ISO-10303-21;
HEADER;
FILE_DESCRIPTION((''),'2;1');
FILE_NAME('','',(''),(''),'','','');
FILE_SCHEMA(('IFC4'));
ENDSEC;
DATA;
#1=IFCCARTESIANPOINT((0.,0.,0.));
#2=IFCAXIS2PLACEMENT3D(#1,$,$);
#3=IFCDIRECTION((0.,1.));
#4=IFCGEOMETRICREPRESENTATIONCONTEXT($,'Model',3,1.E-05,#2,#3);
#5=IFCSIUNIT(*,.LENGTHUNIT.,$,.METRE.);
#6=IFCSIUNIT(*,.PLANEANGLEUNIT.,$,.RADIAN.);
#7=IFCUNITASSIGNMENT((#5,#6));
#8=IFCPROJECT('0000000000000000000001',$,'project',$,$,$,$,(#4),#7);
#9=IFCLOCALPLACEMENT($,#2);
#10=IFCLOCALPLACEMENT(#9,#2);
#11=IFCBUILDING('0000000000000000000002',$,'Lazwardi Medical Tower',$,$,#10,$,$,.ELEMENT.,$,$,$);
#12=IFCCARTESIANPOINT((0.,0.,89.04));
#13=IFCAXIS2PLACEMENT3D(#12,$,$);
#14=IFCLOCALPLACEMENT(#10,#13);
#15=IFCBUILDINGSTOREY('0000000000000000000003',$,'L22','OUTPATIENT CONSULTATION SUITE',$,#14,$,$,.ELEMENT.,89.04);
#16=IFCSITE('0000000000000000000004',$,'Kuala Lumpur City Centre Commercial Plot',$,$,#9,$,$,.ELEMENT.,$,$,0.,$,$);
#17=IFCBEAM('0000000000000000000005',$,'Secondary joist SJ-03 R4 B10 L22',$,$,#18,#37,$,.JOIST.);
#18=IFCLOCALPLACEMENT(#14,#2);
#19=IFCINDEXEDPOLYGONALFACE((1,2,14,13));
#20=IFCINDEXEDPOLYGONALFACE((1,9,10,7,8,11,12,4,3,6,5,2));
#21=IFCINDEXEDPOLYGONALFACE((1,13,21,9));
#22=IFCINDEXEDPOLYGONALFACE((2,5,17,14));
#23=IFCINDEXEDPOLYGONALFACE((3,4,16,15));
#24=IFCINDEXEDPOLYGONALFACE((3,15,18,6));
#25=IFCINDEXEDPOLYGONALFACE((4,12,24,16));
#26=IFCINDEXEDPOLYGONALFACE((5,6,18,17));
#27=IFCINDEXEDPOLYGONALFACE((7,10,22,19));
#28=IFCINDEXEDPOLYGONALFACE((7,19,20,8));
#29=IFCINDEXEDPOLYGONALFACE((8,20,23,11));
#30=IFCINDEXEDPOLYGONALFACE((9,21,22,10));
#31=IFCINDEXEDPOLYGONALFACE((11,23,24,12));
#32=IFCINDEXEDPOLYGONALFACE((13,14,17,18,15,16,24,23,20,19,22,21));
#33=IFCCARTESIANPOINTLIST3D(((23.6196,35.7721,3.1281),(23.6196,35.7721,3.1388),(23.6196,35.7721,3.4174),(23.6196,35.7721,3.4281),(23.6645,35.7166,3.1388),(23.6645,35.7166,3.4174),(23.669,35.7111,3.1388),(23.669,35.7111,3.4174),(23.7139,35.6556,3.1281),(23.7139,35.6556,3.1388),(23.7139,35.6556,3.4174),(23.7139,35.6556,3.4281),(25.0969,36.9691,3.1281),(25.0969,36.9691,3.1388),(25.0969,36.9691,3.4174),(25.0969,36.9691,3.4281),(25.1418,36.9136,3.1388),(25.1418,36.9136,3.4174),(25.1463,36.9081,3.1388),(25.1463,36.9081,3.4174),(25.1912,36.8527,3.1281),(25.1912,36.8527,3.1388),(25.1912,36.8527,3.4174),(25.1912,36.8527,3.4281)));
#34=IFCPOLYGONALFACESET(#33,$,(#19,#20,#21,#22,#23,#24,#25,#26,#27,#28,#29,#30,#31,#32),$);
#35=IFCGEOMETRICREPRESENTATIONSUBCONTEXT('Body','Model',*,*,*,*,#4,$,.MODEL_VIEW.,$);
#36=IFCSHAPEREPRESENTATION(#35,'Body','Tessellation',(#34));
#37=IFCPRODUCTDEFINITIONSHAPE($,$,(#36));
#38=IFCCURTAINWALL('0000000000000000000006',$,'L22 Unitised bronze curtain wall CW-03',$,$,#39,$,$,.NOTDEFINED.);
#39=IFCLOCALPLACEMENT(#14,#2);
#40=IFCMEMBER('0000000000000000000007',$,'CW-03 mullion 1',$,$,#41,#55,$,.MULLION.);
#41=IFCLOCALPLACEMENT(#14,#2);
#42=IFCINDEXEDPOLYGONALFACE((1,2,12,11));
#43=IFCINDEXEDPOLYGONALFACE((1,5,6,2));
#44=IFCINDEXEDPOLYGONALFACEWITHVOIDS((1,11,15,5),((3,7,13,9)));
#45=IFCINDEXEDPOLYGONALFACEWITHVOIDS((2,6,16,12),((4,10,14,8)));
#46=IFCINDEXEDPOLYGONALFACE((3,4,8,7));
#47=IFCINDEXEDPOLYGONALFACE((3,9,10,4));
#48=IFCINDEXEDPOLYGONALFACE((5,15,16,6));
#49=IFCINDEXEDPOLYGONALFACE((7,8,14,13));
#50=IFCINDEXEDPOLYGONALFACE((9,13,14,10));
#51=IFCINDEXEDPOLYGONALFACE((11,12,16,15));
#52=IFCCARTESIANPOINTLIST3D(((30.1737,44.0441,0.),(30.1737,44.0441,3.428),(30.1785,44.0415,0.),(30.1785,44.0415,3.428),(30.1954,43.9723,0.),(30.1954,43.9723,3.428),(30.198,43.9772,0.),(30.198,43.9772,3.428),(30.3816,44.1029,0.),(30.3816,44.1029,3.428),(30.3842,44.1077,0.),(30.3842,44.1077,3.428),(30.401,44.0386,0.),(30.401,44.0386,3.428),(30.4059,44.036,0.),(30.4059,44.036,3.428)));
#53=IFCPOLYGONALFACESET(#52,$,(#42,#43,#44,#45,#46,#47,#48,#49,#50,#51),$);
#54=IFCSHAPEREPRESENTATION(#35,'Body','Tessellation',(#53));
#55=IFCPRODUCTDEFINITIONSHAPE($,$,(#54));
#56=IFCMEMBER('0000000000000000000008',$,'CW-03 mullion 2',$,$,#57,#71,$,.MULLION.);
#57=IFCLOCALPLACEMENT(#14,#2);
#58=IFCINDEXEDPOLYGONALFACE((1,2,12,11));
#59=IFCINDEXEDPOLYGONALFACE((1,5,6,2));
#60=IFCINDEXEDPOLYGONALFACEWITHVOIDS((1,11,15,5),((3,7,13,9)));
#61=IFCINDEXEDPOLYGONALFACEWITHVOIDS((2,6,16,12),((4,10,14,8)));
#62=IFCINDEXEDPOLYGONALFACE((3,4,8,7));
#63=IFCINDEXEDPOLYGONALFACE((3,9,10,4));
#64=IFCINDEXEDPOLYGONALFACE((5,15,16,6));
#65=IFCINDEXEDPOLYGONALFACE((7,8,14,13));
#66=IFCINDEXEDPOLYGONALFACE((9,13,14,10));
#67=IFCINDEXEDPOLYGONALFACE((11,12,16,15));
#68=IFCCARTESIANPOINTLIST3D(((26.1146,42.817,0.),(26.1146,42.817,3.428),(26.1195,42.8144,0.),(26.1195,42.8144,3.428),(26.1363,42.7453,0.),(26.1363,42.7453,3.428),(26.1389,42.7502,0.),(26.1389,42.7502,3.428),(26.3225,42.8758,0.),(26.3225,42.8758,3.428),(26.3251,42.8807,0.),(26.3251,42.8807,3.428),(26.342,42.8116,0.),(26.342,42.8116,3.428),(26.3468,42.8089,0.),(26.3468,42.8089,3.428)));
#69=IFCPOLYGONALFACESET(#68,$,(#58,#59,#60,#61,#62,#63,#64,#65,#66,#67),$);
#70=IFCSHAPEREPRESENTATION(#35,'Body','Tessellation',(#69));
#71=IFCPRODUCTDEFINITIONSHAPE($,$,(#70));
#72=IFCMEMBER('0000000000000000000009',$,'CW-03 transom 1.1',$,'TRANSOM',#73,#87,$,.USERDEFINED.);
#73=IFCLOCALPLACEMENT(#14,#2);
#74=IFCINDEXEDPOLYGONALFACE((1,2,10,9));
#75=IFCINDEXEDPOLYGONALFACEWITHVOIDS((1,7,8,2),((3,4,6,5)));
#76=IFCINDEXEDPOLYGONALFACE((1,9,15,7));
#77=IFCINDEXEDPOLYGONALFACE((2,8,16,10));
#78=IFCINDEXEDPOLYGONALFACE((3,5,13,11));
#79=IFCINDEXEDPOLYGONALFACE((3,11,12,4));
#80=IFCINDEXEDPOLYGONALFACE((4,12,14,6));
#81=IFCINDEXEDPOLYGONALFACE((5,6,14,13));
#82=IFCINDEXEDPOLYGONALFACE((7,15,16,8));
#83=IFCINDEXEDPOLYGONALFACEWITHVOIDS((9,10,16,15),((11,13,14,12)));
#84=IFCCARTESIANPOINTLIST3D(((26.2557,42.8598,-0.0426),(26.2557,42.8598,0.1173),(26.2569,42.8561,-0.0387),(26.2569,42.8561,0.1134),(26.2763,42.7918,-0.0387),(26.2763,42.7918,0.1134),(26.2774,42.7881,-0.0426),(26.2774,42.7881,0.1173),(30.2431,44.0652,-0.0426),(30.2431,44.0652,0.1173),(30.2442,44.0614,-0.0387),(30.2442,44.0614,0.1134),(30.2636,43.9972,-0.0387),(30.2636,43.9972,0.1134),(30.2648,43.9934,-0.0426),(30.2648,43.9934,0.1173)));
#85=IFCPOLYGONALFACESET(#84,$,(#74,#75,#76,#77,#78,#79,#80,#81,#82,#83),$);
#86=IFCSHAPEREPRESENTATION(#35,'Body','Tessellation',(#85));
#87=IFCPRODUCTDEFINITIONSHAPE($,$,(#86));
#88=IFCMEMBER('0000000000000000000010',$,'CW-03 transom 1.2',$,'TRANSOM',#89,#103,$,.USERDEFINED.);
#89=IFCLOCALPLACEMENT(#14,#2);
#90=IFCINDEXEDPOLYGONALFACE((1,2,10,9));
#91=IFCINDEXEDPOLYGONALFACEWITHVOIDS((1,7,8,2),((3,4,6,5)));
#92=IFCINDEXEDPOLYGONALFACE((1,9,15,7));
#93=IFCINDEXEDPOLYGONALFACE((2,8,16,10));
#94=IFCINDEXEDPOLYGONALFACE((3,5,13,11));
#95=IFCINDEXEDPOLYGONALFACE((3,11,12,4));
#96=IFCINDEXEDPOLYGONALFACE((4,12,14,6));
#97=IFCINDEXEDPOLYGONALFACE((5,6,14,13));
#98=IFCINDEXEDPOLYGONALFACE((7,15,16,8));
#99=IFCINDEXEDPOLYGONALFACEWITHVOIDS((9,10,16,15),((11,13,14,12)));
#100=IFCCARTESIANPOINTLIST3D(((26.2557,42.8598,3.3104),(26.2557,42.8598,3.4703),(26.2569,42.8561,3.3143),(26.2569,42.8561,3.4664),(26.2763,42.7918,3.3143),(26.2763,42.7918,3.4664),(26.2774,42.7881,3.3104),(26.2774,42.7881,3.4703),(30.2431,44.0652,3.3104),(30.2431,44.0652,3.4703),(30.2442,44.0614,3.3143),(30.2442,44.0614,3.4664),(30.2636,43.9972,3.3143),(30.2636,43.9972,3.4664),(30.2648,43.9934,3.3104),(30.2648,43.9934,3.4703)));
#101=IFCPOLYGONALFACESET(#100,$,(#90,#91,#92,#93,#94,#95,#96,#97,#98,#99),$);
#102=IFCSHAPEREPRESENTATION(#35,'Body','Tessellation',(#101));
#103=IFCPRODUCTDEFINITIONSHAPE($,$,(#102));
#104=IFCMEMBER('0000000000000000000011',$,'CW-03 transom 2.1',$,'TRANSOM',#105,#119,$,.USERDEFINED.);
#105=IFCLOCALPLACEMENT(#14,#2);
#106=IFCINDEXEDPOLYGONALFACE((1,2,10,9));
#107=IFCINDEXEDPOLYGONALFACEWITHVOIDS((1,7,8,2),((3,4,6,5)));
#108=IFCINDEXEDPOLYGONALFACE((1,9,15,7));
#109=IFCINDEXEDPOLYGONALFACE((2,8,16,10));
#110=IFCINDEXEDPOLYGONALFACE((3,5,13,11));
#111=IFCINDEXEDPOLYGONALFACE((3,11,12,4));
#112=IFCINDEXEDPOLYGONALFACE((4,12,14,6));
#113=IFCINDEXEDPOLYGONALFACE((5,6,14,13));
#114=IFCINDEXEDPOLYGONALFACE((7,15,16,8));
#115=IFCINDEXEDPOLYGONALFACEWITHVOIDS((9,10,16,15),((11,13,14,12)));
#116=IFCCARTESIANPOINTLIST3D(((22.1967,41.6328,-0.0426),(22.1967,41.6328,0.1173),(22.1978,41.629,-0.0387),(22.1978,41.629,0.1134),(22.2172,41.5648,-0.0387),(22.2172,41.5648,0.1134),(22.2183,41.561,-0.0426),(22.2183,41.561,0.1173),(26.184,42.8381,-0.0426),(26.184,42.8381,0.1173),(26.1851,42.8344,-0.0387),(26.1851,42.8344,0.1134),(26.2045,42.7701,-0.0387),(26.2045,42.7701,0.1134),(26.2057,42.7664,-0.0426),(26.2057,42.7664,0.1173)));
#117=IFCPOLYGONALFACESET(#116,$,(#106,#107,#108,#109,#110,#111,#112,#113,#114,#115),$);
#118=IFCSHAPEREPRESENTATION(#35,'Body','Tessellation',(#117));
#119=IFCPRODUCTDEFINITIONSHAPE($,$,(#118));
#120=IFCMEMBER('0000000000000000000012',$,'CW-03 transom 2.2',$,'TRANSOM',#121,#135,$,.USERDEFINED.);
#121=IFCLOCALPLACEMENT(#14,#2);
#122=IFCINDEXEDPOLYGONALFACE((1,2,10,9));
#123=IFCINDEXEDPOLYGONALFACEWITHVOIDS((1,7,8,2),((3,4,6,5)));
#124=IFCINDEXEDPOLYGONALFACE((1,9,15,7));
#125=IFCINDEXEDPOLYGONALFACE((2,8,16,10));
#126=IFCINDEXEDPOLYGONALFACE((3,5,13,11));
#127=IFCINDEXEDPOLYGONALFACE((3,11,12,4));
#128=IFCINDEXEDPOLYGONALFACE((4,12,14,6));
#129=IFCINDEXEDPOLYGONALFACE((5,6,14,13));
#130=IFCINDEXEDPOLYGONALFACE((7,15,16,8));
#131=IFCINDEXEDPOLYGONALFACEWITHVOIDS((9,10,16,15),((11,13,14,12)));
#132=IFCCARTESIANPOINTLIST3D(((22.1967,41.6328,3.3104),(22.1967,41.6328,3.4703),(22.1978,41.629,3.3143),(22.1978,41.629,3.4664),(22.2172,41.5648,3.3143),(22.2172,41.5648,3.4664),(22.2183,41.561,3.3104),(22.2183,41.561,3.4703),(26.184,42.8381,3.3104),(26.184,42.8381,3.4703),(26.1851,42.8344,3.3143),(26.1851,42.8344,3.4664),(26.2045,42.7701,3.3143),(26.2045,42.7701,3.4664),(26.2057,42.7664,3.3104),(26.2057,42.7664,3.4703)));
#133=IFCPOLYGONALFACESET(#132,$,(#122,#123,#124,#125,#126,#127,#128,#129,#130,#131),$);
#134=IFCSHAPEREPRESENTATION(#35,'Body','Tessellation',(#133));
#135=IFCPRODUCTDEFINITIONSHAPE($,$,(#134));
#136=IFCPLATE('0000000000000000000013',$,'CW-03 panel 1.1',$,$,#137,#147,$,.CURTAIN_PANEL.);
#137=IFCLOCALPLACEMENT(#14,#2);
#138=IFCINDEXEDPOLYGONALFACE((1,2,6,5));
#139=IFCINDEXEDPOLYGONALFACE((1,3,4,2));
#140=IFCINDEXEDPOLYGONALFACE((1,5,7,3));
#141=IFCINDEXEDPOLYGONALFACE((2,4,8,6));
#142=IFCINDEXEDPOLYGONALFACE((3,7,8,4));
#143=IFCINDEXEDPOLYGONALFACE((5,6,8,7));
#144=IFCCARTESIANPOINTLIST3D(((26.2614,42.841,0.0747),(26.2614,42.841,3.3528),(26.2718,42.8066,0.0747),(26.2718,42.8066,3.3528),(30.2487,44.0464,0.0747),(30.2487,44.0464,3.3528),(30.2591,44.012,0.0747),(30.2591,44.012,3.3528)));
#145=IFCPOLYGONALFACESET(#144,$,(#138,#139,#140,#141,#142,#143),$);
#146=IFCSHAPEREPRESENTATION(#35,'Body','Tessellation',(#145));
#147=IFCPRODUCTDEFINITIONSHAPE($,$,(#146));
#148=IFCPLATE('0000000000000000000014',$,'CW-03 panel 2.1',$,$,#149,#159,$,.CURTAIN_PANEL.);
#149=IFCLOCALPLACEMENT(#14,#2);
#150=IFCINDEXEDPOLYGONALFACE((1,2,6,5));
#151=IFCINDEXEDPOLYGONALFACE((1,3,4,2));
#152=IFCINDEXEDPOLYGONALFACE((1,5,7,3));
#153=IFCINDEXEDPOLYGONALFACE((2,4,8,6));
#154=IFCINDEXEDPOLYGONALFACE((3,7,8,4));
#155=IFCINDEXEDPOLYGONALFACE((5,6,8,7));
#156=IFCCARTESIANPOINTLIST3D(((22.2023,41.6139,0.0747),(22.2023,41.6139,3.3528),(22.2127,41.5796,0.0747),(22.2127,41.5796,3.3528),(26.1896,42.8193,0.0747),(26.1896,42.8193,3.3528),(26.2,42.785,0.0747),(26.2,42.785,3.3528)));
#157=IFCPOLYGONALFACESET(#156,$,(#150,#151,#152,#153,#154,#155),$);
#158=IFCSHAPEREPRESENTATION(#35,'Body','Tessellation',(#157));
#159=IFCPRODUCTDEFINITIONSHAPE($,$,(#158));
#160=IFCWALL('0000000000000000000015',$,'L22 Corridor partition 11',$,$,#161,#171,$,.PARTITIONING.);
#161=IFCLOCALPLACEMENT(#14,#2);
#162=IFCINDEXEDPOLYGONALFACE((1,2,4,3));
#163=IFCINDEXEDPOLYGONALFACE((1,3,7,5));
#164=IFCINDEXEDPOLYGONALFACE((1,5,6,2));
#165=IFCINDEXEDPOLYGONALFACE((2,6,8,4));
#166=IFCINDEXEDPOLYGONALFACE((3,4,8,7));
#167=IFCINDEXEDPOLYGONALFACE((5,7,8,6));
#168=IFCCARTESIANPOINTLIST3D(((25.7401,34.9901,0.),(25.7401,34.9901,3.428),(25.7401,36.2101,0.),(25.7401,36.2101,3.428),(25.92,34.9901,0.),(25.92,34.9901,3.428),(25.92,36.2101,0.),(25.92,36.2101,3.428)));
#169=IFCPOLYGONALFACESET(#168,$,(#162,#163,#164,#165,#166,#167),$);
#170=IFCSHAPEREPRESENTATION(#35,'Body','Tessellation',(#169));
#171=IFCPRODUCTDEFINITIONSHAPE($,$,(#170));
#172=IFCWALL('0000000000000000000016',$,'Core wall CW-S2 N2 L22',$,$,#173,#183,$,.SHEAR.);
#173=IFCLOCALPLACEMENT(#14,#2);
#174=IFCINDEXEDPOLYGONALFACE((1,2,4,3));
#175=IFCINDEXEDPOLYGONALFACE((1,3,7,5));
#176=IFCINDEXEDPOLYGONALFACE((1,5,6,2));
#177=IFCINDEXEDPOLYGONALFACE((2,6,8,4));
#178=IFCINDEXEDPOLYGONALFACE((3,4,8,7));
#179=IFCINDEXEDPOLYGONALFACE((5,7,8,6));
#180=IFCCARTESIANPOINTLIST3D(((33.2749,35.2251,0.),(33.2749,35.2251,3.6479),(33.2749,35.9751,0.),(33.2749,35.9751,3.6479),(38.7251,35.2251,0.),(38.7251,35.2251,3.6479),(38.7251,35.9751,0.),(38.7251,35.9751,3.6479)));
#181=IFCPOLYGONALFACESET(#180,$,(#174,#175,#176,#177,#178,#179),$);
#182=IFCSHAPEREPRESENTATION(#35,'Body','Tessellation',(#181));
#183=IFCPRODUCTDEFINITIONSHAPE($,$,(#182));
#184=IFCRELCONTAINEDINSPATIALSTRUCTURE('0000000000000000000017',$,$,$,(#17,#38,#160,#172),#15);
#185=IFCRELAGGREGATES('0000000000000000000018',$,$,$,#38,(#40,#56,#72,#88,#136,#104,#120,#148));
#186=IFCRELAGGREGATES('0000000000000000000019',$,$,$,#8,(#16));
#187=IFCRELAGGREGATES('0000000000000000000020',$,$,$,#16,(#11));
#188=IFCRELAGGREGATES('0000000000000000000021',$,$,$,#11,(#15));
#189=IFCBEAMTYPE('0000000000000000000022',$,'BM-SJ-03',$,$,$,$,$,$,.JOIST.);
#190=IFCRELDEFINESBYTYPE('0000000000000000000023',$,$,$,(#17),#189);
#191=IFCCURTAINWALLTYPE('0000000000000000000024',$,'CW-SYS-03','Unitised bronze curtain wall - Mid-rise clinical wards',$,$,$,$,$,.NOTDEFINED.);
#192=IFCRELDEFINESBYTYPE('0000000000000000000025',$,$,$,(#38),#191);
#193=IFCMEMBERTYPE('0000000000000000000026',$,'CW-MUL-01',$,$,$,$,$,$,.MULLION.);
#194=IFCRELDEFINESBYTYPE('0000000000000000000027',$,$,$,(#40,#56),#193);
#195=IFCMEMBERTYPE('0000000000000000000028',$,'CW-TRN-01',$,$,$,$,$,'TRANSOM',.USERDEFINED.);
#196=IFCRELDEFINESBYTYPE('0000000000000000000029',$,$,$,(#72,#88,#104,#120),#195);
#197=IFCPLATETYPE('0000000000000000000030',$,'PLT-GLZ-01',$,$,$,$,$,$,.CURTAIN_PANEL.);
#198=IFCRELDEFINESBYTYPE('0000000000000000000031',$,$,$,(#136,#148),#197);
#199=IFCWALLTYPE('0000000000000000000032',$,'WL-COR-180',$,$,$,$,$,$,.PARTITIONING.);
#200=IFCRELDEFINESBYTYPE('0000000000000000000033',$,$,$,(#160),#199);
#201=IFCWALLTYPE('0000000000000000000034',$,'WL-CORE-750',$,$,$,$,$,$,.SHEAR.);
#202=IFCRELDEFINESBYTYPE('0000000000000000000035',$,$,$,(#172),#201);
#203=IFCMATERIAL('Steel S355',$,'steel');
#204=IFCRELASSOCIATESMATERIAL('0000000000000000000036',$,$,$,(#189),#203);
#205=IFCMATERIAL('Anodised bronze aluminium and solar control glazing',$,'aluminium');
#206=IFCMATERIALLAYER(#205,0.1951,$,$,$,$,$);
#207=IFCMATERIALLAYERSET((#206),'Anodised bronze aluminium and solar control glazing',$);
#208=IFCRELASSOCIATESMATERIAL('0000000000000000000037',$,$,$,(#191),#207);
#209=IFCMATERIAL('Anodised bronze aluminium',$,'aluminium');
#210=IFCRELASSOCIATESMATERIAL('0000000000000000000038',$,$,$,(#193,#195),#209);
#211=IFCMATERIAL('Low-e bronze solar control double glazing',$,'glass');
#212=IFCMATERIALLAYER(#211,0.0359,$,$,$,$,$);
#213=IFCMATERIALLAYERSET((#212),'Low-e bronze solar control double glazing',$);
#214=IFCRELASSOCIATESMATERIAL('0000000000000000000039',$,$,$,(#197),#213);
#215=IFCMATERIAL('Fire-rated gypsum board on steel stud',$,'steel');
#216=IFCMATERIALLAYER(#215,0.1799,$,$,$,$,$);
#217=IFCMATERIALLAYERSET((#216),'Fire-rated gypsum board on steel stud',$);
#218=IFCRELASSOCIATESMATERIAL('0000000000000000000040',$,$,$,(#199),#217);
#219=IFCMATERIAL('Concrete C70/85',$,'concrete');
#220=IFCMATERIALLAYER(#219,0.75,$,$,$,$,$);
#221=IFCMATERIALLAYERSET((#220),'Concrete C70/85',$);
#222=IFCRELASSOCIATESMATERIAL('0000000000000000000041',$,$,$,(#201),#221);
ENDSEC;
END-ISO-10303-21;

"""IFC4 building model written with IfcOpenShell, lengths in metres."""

from ifc_helpers import new_model, si_unit, direction, frame, frame_2d, origin, origin_2d, place, context, subcontext, project, spatial, rectangle, hollow_rectangle, i_section, extrude, material, layer, layer_set, material_profile, profile_set, type_object, element, aggregate, save


model = new_model("IFC4")

# Units and contexts
model_context = context("Model", 3, precision=1e-05, world=origin(), true_north=direction((0.0, 1.0)))
body_context = subcontext(model_context, "Body", "Model", "MODEL_VIEW")
ifc_project = project(units=[si_unit("LENGTHUNIT", "METRE"), si_unit("PLANEANGLEUNIT", "RADIAN")], contexts=[model_context])

# Site, building, storey
site_placement = place(None, origin())
site = spatial("IfcSite", under=ifc_project, at=site_placement, Name="Kuala Lumpur City Centre Commercial Plot", CompositionType="ELEMENT", RefElevation=0.0)
building_placement = place(site_placement, origin())
building = spatial("IfcBuilding", under=site, at=building_placement, Name="Lazwardi Medical Tower", CompositionType="ELEMENT")
storey_placement = place(building_placement, frame((0.0, 0.0, 89.04)))
storey = spatial("IfcBuildingStorey", under=building, at=storey_placement, Name="L22", Description="OUTPATIENT CONSULTATION SUITE", CompositionType="ELEMENT", Elevation=89.04)

# Shared definitions
ifc_material_1 = material(Name="Concrete C70/85", Category="concrete")

# Beam
ifc_material_2 = material(Name="Steel S355", Category="steel")
ifc_material_profile_1 = material_profile(ifc_material_2, i_section(OverallWidth=0.1499, OverallDepth=0.3, WebThickness=0.0071, FlangeThickness=0.0107, at=origin_2d()), Name="IPE 300")
ifc_profile_set_1 = profile_set([ifc_material_profile_1], Name="Steel S355")
beam_type_1 = type_object("IfcBeamType", Name="BM-SJ-03", PredefinedType="JOIST", material=ifc_profile_set_1)
beam_1_placement = place(storey_placement, frame((25.144, 36.9109, 3.2781), z_axis=(-0.776958, -0.629553, 0.0), x_axis=(0.629553, -0.776958, 0.0)))
element("IfcBeam", 1, at=beam_1_placement, inside=storey, type_object=beam_type_1, Name="Secondary joist SJ-03 R4 B10 L22", PredefinedType="JOIST", context=body_context, shape_type="SweptSolid", body=[
    extrude(i_section(OverallWidth=0.1499, OverallDepth=0.3, WebThickness=0.0071, FlangeThickness=0.0107, at=origin_2d()), origin(), (0.0, 0.0, 1.0), 1.9014),
])

# Curtain wall, members, plates
ifc_material_3 = material(Name="Anodised bronze aluminium and solar control glazing", Category="aluminium")
ifc_layer_1 = layer(ifc_material_3, 0.1951)
ifc_layer_set_1 = layer_set([ifc_layer_1], Name="Anodised bronze aluminium and solar control glazing")
curtain_wall_type = type_object("IfcCurtainWallType", Name="CW-SYS-03", Description="Unitised bronze curtain wall - Mid-rise clinical wards", PredefinedType="NOTDEFINED", material=ifc_layer_set_1)
curtain_wall_placement = place(storey_placement, origin())
curtain_wall = element("IfcCurtainWall", 2, at=curtain_wall_placement, inside=storey, type_object=curtain_wall_type, Name="L22 Unitised bronze curtain wall CW-03", PredefinedType="NOTDEFINED")
ifc_material_4 = material(Name="Anodised bronze aluminium", Category="aluminium")
ifc_material_profile_2 = material_profile(ifc_material_4, hollow_rectangle(XDim=0.075, YDim=0.22, WallThickness=0.0039, at=origin_2d()), Name="ALU-MULLION 220x75x4")
ifc_profile_set_2 = profile_set([ifc_material_profile_2], Name="Anodised bronze aluminium")
member_type_1 = type_object("IfcMemberType", Name="CW-MUL-01", PredefinedType="MULLION", material=ifc_profile_set_2)
member_1_placement = place(storey_placement, frame((30.2898, 44.04, 0.0), z_axis=(0.0, 0.0, 1.0), x_axis=(0.289374, -0.957216, 0.0)))
member_1 = element("IfcMember", 3, at=member_1_placement, type_object=member_type_1, Name="CW-03 mullion 1", PredefinedType="MULLION", context=body_context, shape_type="SweptSolid", body=[
    extrude(hollow_rectangle(XDim=0.075, YDim=0.22, WallThickness=0.0039, at=origin_2d()), origin(), (0.0, 0.0, 1.0), 3.428),
])
member_2_placement = place(storey_placement, frame((26.2307, 42.813, 0.0), z_axis=(0.0, 0.0, 1.0), x_axis=(0.289374, -0.957216, 0.0)))
member_2 = element("IfcMember", 4, at=member_2_placement, type_object=member_type_1, Name="CW-03 mullion 2", PredefinedType="MULLION", context=body_context, shape_type="SweptSolid", body=[
    extrude(hollow_rectangle(XDim=0.075, YDim=0.22, WallThickness=0.0039, at=origin_2d()), origin(), (0.0, 0.0, 1.0), 3.428),
])
ifc_material_profile_3 = material_profile(ifc_material_4, hollow_rectangle(XDim=0.075, YDim=0.1599, WallThickness=0.0039, at=origin_2d()), Name="ALU-TRANSOM 160x75x4")
ifc_profile_set_3 = profile_set([ifc_material_profile_3], Name="Anodised bronze aluminium")
member_type_2 = type_object("IfcMemberType", Name="CW-TRN-01", ElementType="TRANSOM", PredefinedType="USERDEFINED", material=ifc_profile_set_3)
member_3_placement = place(storey_placement, frame((30.2539, 44.0293, 0.0374), z_axis=(-0.957221, -0.289358, 0.0), x_axis=(0.289358, -0.957221, 0.0)))
member_3 = element("IfcMember", 5, at=member_3_placement, type_object=member_type_2, Name="CW-03 transom 1.1", ObjectType="TRANSOM", PredefinedType="USERDEFINED", context=body_context, shape_type="SweptSolid", body=[
    extrude(hollow_rectangle(XDim=0.075, YDim=0.1599, WallThickness=0.0039, at=origin_2d()), origin(), (0.0, 0.0, 1.0), 4.1655),
])
member_4_placement = place(storey_placement, frame((30.2539, 44.0293, 3.3904), z_axis=(-0.957221, -0.289358, 0.0), x_axis=(0.289358, -0.957221, 0.0)))
member_4 = element("IfcMember", 6, at=member_4_placement, type_object=member_type_2, Name="CW-03 transom 1.2", ObjectType="TRANSOM", PredefinedType="USERDEFINED", context=body_context, shape_type="SweptSolid", body=[
    extrude(hollow_rectangle(XDim=0.075, YDim=0.1599, WallThickness=0.0039, at=origin_2d()), origin(), (0.0, 0.0, 1.0), 4.1655),
])
member_5_placement = place(storey_placement, frame((26.1948, 42.8022, 0.0374), z_axis=(-0.957221, -0.289358, 0.0), x_axis=(0.289358, -0.957221, 0.0)))
member_5 = element("IfcMember", 7, at=member_5_placement, type_object=member_type_2, Name="CW-03 transom 2.1", ObjectType="TRANSOM", PredefinedType="USERDEFINED", context=body_context, shape_type="SweptSolid", body=[
    extrude(hollow_rectangle(XDim=0.075, YDim=0.1599, WallThickness=0.0039, at=origin_2d()), origin(), (0.0, 0.0, 1.0), 4.1655),
])
member_6_placement = place(storey_placement, frame((26.1948, 42.8022, 3.3904), z_axis=(-0.957221, -0.289358, 0.0), x_axis=(0.289358, -0.957221, 0.0)))
member_6 = element("IfcMember", 8, at=member_6_placement, type_object=member_type_2, Name="CW-03 transom 2.2", ObjectType="TRANSOM", PredefinedType="USERDEFINED", context=body_context, shape_type="SweptSolid", body=[
    extrude(hollow_rectangle(XDim=0.075, YDim=0.1599, WallThickness=0.0039, at=origin_2d()), origin(), (0.0, 0.0, 1.0), 4.1655),
])
ifc_material_5 = material(Name="Low-e bronze solar control double glazing", Category="glass")
ifc_layer_2 = layer(ifc_material_5, 0.0359)
ifc_layer_set_2 = layer_set([ifc_layer_2], Name="Low-e bronze solar control double glazing")
plate_type = type_object("IfcPlateType", Name="PLT-GLZ-01", PredefinedType="CURTAIN_PANEL", material=ifc_layer_set_2)
plate_1_placement = place(storey_placement, frame((28.2603, 43.4265, 0.0747), z_axis=(0.0, 0.0, 1.0), x_axis=(-0.957216, -0.289374, 0.0)))
plate_1 = element("IfcPlate", 9, at=plate_1_placement, type_object=plate_type, Name="CW-03 panel 1.1", PredefinedType="CURTAIN_PANEL", context=body_context, shape_type="SweptSolid", body=[
    extrude(rectangle(XDim=4.1655, YDim=0.0359, at=origin_2d()), origin(), (0.0, 0.0, 1.0), 3.2781),
])
plate_2_placement = place(storey_placement, frame((24.2012, 42.1995, 0.0747), z_axis=(0.0, 0.0, 1.0), x_axis=(-0.957216, -0.289374, 0.0)))
plate_2 = element("IfcPlate", 10, at=plate_2_placement, type_object=plate_type, Name="CW-03 panel 2.1", PredefinedType="CURTAIN_PANEL", context=body_context, shape_type="SweptSolid", body=[
    extrude(rectangle(XDim=4.1655, YDim=0.0359, at=origin_2d()), origin(), (0.0, 0.0, 1.0), 3.2781),
])
aggregate(curtain_wall, [member_1, member_2, member_3, member_4, plate_1, member_5, member_6, plate_2])

# Walls
ifc_material_6 = material(Name="Fire-rated gypsum board on steel stud", Category="steel")
ifc_layer_3 = layer(ifc_material_6, 0.1799)
ifc_layer_set_3 = layer_set([ifc_layer_3], Name="Fire-rated gypsum board on steel stud")
wall_type_1 = type_object("IfcWallType", Name="WL-COR-180", PredefinedType="PARTITIONING", material=ifc_layer_set_3)
wall_1_placement = place(storey_placement, frame((25.8301, 36.21, 0.0), z_axis=(0.0, 0.0, 1.0), x_axis=(0.0, -1.0, 0.0)))
element("IfcWall", 11, at=wall_1_placement, inside=storey, type_object=wall_type_1, Name="L22 Corridor partition 11", PredefinedType="PARTITIONING", context=body_context, shape_type="SweptSolid", body=[
    extrude(rectangle(XDim=1.22, YDim=0.1799, at=frame_2d((0.6099, 0.0))), origin(), (0.0, 0.0, 1.0), 3.428),
])
ifc_layer_4 = layer(ifc_material_1, 0.75)
ifc_layer_set_4 = layer_set([ifc_layer_4], Name="Concrete C70/85")
wall_type_2 = type_object("IfcWallType", Name="WL-CORE-750", PredefinedType="SHEAR", material=ifc_layer_set_4)
wall_2_placement = place(storey_placement, frame((33.2749, 35.6001, 0.0), z_axis=(0.0, 0.0, 1.0), x_axis=(1.0, 0.0, 0.0)))
element("IfcWall", 12, at=wall_2_placement, inside=storey, type_object=wall_type_2, Name="Core wall CW-S2 N2 L22", PredefinedType="SHEAR", context=body_context, shape_type="SweptSolid", body=[
    extrude(rectangle(XDim=5.4502, YDim=0.75, at=frame_2d((2.7251, 0.0))), origin(), (0.0, 0.0, 1.0), 3.6479),
])

save(model, "model.ifc")
